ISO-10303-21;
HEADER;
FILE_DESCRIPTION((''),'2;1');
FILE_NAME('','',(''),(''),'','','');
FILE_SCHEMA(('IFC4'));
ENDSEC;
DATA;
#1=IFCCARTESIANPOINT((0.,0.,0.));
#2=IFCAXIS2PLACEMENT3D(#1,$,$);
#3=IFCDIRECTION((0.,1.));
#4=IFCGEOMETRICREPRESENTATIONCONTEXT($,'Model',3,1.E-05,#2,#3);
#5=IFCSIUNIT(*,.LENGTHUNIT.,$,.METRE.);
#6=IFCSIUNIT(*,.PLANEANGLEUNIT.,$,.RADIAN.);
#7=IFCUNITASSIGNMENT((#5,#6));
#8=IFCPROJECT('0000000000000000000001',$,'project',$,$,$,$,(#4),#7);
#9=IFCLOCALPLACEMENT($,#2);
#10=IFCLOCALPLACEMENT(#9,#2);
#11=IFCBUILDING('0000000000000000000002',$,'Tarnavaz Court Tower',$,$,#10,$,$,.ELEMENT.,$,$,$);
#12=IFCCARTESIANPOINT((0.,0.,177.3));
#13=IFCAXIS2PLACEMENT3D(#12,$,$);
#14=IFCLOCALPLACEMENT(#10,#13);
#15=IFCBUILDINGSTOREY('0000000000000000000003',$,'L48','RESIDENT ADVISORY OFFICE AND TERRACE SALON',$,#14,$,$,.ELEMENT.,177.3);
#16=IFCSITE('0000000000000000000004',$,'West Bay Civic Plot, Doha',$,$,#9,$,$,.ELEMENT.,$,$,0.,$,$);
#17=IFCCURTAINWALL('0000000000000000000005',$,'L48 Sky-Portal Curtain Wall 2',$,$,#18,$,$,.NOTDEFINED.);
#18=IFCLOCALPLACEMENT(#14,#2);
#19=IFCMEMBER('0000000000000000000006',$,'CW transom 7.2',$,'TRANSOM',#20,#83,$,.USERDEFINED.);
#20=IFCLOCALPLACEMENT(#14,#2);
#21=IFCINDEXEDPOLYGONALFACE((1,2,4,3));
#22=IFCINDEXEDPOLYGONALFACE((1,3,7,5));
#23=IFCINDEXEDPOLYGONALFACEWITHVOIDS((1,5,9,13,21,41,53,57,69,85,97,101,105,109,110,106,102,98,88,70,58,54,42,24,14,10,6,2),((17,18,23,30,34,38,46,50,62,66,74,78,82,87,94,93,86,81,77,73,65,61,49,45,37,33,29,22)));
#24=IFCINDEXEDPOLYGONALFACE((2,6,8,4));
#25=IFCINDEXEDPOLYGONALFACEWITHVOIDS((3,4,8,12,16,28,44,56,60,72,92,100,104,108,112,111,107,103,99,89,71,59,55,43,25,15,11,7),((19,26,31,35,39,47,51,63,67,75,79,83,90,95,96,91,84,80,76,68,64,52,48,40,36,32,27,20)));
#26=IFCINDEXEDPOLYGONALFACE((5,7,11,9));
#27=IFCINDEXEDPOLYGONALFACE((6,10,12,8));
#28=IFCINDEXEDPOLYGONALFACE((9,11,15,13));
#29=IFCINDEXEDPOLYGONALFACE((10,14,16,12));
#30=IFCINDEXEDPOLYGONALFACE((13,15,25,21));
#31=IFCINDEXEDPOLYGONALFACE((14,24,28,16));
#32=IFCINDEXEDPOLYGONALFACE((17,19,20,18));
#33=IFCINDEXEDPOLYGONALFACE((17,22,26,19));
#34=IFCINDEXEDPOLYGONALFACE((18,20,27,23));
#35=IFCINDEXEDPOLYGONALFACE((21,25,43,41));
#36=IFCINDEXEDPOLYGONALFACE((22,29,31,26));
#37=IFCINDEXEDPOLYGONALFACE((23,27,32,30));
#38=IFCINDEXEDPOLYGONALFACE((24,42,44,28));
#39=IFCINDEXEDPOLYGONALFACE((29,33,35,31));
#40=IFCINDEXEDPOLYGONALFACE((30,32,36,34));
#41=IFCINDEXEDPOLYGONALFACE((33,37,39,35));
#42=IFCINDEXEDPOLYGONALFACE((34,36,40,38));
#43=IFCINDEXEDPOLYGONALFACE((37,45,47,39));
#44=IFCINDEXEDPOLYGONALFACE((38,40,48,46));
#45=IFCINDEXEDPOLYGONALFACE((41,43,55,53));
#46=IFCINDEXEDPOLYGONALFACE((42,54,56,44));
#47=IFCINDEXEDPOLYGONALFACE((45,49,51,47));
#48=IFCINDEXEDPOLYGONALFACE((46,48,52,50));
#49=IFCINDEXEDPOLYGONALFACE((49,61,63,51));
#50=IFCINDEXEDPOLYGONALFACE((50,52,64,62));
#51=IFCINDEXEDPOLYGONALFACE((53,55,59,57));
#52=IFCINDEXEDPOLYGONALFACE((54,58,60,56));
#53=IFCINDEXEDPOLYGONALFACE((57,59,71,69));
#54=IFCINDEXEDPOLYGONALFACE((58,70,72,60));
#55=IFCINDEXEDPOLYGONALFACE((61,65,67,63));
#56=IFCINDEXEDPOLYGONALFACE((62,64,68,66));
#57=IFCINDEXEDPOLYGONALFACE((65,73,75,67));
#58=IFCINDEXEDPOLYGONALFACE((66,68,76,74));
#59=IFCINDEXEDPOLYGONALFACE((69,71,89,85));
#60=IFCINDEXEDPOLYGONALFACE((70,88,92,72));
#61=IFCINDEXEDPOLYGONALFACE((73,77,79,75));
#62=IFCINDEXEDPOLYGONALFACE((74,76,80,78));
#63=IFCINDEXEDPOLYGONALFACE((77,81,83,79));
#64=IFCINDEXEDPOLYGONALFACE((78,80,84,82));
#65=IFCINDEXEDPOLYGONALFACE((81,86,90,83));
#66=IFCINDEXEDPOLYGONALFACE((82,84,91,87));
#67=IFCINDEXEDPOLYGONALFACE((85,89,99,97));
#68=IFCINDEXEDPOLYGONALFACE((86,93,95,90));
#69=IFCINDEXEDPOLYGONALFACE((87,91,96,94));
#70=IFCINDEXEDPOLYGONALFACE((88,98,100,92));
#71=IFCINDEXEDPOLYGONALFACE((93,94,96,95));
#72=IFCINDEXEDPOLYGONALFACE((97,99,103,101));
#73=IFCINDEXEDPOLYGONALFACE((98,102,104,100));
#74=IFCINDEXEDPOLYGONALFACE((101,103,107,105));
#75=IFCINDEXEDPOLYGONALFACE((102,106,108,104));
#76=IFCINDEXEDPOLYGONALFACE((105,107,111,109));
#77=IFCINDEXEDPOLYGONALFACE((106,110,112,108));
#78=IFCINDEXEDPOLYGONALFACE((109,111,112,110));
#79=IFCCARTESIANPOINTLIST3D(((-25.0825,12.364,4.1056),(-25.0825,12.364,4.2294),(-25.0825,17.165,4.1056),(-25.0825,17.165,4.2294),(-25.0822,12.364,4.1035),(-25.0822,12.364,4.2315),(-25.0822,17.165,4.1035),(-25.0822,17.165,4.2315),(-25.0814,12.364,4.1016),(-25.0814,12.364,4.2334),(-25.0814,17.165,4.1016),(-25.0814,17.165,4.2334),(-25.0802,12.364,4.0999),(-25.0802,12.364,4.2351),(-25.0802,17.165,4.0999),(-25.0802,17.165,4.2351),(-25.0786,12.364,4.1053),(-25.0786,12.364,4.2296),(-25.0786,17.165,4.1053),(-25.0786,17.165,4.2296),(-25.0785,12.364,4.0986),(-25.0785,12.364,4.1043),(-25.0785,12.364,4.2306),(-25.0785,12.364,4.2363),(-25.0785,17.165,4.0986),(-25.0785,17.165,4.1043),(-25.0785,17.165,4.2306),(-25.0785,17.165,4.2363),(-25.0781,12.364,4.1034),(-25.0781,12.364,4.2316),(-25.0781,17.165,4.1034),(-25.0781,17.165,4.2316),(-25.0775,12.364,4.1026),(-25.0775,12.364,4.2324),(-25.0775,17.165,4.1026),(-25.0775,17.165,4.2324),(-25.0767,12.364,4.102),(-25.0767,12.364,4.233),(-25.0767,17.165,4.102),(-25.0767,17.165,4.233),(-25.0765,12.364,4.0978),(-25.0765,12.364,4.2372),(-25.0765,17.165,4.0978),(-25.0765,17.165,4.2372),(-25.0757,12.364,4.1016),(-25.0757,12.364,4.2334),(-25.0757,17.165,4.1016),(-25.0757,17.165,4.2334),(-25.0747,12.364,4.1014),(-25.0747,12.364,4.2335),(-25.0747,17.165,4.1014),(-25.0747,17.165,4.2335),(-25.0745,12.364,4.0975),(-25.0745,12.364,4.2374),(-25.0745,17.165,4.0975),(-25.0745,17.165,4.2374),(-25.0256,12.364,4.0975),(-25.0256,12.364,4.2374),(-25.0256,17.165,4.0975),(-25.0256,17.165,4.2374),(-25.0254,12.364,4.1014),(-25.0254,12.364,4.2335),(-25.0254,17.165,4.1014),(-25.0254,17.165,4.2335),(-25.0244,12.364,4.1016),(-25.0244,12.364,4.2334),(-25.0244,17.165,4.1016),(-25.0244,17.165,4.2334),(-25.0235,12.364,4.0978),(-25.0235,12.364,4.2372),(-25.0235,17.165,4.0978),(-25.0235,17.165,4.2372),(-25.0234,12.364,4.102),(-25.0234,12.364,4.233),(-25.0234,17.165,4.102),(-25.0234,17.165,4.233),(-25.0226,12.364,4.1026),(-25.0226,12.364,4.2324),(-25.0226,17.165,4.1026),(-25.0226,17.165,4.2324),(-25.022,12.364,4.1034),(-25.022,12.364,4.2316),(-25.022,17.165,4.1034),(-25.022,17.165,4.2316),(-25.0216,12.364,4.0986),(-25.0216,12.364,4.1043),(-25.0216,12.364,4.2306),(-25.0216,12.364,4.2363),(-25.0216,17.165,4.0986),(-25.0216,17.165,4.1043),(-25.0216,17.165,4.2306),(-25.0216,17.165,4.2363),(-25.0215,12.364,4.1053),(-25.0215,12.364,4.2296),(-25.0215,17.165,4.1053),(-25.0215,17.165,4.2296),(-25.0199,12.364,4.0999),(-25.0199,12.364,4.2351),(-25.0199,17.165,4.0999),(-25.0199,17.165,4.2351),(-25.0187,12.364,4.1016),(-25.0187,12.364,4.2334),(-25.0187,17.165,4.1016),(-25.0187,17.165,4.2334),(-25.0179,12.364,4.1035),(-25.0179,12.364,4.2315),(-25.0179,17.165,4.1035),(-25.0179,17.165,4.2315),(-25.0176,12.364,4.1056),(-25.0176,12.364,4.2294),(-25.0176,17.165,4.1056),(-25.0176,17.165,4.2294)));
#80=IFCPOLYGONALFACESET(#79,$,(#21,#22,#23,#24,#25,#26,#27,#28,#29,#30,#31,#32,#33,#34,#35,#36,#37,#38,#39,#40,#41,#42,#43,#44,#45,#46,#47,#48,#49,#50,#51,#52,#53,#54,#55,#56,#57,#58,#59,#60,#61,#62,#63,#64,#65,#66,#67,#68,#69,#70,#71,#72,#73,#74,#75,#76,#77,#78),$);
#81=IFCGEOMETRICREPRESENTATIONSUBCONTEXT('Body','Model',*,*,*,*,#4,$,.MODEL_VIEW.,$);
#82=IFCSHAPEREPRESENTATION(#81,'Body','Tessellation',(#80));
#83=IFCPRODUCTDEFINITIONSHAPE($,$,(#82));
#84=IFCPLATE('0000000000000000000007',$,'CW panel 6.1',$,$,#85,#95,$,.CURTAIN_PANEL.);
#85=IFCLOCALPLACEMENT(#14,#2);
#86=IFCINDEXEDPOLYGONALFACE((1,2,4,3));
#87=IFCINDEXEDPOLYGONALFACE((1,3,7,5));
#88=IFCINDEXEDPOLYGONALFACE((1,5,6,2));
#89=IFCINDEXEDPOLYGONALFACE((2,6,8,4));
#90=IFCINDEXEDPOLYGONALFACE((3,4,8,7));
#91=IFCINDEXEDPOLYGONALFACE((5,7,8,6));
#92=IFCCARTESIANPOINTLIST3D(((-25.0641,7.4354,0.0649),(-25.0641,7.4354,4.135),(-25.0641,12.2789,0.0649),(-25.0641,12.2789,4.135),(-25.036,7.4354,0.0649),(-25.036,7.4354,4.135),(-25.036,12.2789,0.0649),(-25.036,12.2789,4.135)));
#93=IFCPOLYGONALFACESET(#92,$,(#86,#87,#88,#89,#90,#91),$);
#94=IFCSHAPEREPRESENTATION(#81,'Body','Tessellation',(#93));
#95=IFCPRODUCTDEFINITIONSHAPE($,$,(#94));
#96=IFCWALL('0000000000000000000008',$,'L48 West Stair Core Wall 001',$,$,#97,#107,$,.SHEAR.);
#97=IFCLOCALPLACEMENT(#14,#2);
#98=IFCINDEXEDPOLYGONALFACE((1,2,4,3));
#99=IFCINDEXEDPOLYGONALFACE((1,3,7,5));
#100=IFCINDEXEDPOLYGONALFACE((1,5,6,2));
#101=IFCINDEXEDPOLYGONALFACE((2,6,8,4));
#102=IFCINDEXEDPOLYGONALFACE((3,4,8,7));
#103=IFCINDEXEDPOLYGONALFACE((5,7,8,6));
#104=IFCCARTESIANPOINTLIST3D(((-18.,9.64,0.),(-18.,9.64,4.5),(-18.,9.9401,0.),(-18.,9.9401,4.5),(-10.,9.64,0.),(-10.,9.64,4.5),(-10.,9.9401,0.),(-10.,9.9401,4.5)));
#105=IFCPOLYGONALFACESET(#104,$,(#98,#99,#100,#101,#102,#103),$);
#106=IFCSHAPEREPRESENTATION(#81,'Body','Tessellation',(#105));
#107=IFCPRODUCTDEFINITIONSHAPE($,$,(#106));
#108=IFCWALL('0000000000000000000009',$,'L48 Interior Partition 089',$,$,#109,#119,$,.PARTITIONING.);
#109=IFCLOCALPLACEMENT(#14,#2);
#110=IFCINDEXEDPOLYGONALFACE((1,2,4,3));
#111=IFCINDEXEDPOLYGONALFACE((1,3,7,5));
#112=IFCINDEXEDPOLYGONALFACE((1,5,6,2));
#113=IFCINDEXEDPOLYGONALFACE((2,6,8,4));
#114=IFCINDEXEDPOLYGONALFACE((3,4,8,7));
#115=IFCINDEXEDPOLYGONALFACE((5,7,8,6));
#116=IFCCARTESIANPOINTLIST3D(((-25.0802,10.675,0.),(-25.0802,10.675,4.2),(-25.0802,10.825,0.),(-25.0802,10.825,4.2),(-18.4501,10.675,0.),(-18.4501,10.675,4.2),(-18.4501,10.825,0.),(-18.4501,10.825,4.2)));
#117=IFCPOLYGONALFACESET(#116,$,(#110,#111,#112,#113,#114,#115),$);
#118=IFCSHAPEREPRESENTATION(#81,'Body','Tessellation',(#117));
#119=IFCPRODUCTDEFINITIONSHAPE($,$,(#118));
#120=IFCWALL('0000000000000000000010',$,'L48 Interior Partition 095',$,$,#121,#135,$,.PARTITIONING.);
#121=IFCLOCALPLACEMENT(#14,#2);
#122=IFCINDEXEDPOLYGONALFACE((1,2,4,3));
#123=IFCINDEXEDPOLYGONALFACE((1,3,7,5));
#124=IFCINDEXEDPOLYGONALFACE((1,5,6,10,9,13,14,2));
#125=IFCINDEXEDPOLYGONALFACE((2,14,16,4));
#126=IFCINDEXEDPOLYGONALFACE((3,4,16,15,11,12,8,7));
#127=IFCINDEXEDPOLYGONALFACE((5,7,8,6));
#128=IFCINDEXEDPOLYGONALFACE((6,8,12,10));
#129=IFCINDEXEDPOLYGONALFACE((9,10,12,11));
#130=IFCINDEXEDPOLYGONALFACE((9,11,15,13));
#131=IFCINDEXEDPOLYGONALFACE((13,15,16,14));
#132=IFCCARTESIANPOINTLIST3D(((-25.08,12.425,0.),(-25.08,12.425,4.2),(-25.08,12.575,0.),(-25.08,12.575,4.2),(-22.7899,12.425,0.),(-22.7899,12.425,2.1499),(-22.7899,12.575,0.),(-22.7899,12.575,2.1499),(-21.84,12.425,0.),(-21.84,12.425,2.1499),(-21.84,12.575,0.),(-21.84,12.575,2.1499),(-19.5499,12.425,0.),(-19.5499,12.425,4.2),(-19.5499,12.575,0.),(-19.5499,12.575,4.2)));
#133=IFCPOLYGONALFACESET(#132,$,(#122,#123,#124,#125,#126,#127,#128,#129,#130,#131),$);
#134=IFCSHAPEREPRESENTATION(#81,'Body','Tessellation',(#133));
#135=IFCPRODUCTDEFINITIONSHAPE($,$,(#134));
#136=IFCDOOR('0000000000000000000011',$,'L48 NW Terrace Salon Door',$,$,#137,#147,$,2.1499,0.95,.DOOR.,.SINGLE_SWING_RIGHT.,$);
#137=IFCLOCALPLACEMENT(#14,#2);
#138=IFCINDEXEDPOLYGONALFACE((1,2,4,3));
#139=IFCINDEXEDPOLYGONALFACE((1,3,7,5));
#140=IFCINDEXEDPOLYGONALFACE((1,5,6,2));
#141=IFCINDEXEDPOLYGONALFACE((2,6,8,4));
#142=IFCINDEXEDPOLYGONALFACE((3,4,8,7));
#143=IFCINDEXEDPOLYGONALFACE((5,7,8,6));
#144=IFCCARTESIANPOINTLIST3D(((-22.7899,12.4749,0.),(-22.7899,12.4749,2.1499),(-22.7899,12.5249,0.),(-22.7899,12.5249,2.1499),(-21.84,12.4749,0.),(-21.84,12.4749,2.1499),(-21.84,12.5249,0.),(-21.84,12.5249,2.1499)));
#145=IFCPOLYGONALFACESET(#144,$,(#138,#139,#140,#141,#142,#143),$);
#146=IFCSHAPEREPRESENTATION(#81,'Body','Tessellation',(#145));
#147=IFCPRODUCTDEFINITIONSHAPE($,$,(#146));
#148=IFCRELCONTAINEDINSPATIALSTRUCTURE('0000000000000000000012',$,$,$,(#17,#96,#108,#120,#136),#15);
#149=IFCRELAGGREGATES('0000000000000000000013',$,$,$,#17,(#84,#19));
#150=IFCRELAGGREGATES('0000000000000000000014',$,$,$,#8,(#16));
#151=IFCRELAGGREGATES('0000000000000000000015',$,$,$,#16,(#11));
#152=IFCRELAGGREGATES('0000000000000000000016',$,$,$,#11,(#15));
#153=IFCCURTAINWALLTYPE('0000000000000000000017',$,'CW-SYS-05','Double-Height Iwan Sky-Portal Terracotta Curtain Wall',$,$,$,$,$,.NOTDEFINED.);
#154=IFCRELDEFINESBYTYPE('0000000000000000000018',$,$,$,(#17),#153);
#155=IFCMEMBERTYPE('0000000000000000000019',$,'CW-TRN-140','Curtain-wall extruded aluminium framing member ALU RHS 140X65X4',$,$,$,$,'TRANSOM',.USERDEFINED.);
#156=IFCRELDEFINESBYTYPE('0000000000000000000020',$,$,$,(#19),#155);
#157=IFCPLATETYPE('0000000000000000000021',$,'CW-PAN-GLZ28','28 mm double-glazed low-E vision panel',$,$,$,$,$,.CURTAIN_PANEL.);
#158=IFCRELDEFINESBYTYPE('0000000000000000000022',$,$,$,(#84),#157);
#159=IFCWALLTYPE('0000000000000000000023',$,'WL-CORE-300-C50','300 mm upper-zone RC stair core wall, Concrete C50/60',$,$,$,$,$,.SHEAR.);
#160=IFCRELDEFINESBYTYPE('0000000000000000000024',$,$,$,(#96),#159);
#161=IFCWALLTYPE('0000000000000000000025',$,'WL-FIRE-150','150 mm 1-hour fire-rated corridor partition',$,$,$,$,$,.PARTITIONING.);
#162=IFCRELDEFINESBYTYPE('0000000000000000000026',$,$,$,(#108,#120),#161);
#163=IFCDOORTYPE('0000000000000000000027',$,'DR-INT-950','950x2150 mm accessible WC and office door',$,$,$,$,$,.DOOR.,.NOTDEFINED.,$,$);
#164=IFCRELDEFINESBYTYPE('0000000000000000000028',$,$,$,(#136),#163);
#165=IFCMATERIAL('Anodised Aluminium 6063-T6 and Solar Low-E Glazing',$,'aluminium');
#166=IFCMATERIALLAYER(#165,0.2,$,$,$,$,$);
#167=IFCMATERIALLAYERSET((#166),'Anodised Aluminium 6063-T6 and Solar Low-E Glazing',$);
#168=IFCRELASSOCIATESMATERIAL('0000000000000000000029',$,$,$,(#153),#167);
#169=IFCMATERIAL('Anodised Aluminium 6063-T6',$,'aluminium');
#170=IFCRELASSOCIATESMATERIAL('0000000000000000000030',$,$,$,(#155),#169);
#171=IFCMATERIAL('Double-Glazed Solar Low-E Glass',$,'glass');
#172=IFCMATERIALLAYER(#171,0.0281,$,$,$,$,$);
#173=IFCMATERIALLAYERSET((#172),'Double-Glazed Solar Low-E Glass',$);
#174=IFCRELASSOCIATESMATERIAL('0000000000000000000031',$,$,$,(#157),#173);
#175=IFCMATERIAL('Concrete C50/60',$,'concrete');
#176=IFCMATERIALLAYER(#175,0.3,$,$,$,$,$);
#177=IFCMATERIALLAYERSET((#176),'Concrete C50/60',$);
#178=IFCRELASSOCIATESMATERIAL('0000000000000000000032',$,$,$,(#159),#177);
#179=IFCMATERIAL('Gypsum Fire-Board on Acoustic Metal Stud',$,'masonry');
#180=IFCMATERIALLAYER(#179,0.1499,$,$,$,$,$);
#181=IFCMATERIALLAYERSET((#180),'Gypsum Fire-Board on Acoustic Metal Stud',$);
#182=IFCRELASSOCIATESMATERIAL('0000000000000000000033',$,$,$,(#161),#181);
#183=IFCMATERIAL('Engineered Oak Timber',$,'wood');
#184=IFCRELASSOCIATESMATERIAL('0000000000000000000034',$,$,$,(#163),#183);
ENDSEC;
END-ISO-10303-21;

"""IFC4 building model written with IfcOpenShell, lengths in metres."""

from ifc_helpers import new_model, si_unit, direction, frame, frame_2d, origin, origin_2d, place, context, subcontext, project, spatial, rectangle, hollow_rectangle, extrude, material, layer, layer_set, material_profile, profile_set, type_object, element, fill, aggregate, save


model = new_model("IFC4")

# Units and contexts
model_context = context("Model", 3, precision=1e-05, world=origin(), true_north=direction((0.0, 1.0)))
body_context = subcontext(model_context, "Body", "Model", "MODEL_VIEW")
ifc_project = project(units=[si_unit("LENGTHUNIT", "METRE"), si_unit("PLANEANGLEUNIT", "RADIAN")], contexts=[model_context])

# Site, building, storey
site_placement = place(None, origin())
site = spatial("IfcSite", under=ifc_project, at=site_placement, Name="West Bay Civic Plot, Doha", CompositionType="ELEMENT", RefElevation=0.0)
building_placement = place(site_placement, origin())
building = spatial("IfcBuilding", under=site, at=building_placement, Name="Tarnavaz Court Tower", CompositionType="ELEMENT")
storey_placement = place(building_placement, frame((0.0, 0.0, 177.3)))
storey = spatial("IfcBuildingStorey", under=building, at=storey_placement, Name="L48", Description="RESIDENT ADVISORY OFFICE AND TERRACE SALON", CompositionType="ELEMENT", Elevation=177.3)

# Shared definitions
ifc_material_1 = material(Name="Concrete C50/60", Category="concrete")

# Curtain wall, member, plate
ifc_material_2 = material(Name="Anodised Aluminium 6063-T6 and Solar Low-E Glazing", Category="aluminium")
ifc_layer_1 = layer(ifc_material_2, 0.2)
ifc_layer_set_1 = layer_set([ifc_layer_1], Name="Anodised Aluminium 6063-T6 and Solar Low-E Glazing")
curtain_wall_type = type_object("IfcCurtainWallType", Name="CW-SYS-05", Description="Double-Height Iwan Sky-Portal Terracotta Curtain Wall", PredefinedType="NOTDEFINED", material=ifc_layer_set_1)
curtain_wall_placement = place(storey_placement, origin())
curtain_wall = element("IfcCurtainWall", 1, at=curtain_wall_placement, inside=storey, type_object=curtain_wall_type, Name="L48 Sky-Portal Curtain Wall 2", PredefinedType="NOTDEFINED")
ifc_material_3 = material(Name="Anodised Aluminium 6063-T6", Category="aluminium")
ifc_material_profile_1 = material_profile(ifc_material_3, hollow_rectangle(XDim=0.0649, YDim=0.1399, WallThickness=0.0039, InnerFilletRadius=0.0039, OuterFilletRadius=0.0081, at=origin_2d()), Name="ALU RHS 140X65X4")
ifc_profile_set_1 = profile_set([ifc_material_profile_1], Name="Anodised Aluminium 6063-T6")
member_type_1 = type_object("IfcMemberType", Name="CW-TRN-140", Description="Curtain-wall extruded aluminium framing member ALU RHS 140X65X4", ElementType="TRANSOM", PredefinedType="USERDEFINED", material=ifc_profile_set_1)
member_1_placement = place(storey_placement, frame((-25.05, 12.364, 4.1675), z_axis=(0.0, 1.0, 0.0), x_axis=(-1.0, 0.0, 0.0)))
member_1 = element("IfcMember", 2, at=member_1_placement, type_object=member_type_1, Name="CW transom 7.2", ObjectType="TRANSOM", PredefinedType="USERDEFINED", context=body_context, shape_type="SweptSolid", body=[
    extrude(hollow_rectangle(XDim=0.0649, YDim=0.1399, WallThickness=0.0039, InnerFilletRadius=0.0039, OuterFilletRadius=0.0081, at=origin_2d()), origin(), (0.0, 0.0, 1.0), 4.801),
])
ifc_material_4 = material(Name="Double-Glazed Solar Low-E Glass", Category="glass")
ifc_layer_2 = layer(ifc_material_4, 0.0281)
ifc_layer_set_2 = layer_set([ifc_layer_2], Name="Double-Glazed Solar Low-E Glass")
plate_type = type_object("IfcPlateType", Name="CW-PAN-GLZ28", Description="28 mm double-glazed low-E vision panel", PredefinedType="CURTAIN_PANEL", material=ifc_layer_set_2)
plate_placement = place(storey_placement, frame((-25.05, 9.8572, 0.0649), z_axis=(0.0, 0.0, 1.0), x_axis=(0.0, 1.0, 0.0)))
plate = element("IfcPlate", 3, at=plate_placement, type_object=plate_type, Name="CW panel 6.1", PredefinedType="CURTAIN_PANEL", context=body_context, shape_type="SweptSolid", body=[
    extrude(rectangle(XDim=4.8435, YDim=0.0281, at=origin_2d()), origin(), (0.0, 0.0, 1.0), 4.0701),
])
aggregate(curtain_wall, [plate, member_1])

# Walls
ifc_layer_3 = layer(ifc_material_1, 0.3)
ifc_layer_set_3 = layer_set([ifc_layer_3], Name="Concrete C50/60")
wall_type_1 = type_object("IfcWallType", Name="WL-CORE-300-C50", Description="300 mm upper-zone RC stair core wall, Concrete C50/60", PredefinedType="SHEAR", material=ifc_layer_set_3)
wall_1_placement = place(storey_placement, frame((-18.0, 9.79, 0.0), z_axis=(0.0, 0.0, 1.0), x_axis=(1.0, 0.0, 0.0)))
element("IfcWall", 4, at=wall_1_placement, inside=storey, type_object=wall_type_1, Name="L48 West Stair Core Wall 001", PredefinedType="SHEAR", context=body_context, shape_type="SweptSolid", body=[
    extrude(rectangle(XDim=8.0, YDim=0.3, at=frame_2d((4.0, 0.0))), origin(), (0.0, 0.0, 1.0), 4.5),
])
ifc_material_5 = material(Name="Gypsum Fire-Board on Acoustic Metal Stud", Category="masonry")
ifc_layer_4 = layer(ifc_material_5, 0.1499)
ifc_layer_set_4 = layer_set([ifc_layer_4], Name="Gypsum Fire-Board on Acoustic Metal Stud")
wall_type_2 = type_object("IfcWallType", Name="WL-FIRE-150", Description="150 mm 1-hour fire-rated corridor partition", PredefinedType="PARTITIONING", material=ifc_layer_set_4)
wall_2_placement = place(storey_placement, frame((-25.0801, 10.75, 0.0), z_axis=(0.0, 0.0, 1.0), x_axis=(1.0, 0.0, 0.0)))
element("IfcWall", 5, at=wall_2_placement, inside=storey, type_object=wall_type_2, Name="L48 Interior Partition 089", PredefinedType="PARTITIONING", context=body_context, shape_type="SweptSolid", body=[
    extrude(rectangle(XDim=6.6301, YDim=0.1499, at=frame_2d((3.3149, 0.0))), origin(), (0.0, 0.0, 1.0), 4.2),
])

# Wall, opening, door
wall_3_placement = place(storey_placement, frame((-25.0801, 12.5, 0.0), z_axis=(0.0, 0.0, 1.0), x_axis=(1.0, 0.0, 0.0)))
wall_3 = element("IfcWall", 6, at=wall_3_placement, inside=storey, type_object=wall_type_2, Name="L48 Interior Partition 095", PredefinedType="PARTITIONING", context=body_context, shape_type="SweptSolid", body=[
    extrude(rectangle(XDim=5.53, YDim=0.1499, at=frame_2d((2.7651, 0.0))), origin(), (0.0, 0.0, 1.0), 4.2),
])
opening_placement = place(wall_3_placement, frame((2.29, 0.0, 0.0)))
opening = element("IfcOpeningElement", 7, at=opening_placement, cuts=wall_3, PredefinedType="OPENING", context=body_context, shape_type="SweptSolid", body=[
    extrude(rectangle(XDim=0.95, YDim=2.1499, at=frame_2d((0.4751, 1.075))), frame((0.0, 0.085, 0.0), z_axis=(0.0, -1.0, 0.0), x_axis=(1.0, 0.0, 0.0)), (0.0, 0.0, 1.0), 0.1699),
])
ifc_material_6 = material(Name="Engineered Oak Timber", Category="wood")
door_type = type_object("IfcDoorType", Name="DR-INT-950", Description="950x2150 mm accessible WC and office door", OperationType="NOTDEFINED", PredefinedType="DOOR", material=ifc_material_6)
door_placement = place(opening_placement, origin())
door = element("IfcDoor", 8, at=door_placement, inside=storey, type_object=door_type, Name="L48 NW Terrace Salon Door", OperationType="SINGLE_SWING_RIGHT", OverallHeight=2.1499, OverallWidth=0.95, PredefinedType="DOOR", context=body_context, shape_type="SweptSolid", body=[
    extrude(rectangle(XDim=0.95, YDim=2.1499, at=frame_2d((0.4751, 1.075))), frame((0.0, 0.0249, 0.0), z_axis=(0.0, -1.0, 0.0), x_axis=(1.0, 0.0, 0.0)), (0.0, 0.0, 1.0), 0.05),
])
fill(opening, door)

save(model, "model.ifc")
